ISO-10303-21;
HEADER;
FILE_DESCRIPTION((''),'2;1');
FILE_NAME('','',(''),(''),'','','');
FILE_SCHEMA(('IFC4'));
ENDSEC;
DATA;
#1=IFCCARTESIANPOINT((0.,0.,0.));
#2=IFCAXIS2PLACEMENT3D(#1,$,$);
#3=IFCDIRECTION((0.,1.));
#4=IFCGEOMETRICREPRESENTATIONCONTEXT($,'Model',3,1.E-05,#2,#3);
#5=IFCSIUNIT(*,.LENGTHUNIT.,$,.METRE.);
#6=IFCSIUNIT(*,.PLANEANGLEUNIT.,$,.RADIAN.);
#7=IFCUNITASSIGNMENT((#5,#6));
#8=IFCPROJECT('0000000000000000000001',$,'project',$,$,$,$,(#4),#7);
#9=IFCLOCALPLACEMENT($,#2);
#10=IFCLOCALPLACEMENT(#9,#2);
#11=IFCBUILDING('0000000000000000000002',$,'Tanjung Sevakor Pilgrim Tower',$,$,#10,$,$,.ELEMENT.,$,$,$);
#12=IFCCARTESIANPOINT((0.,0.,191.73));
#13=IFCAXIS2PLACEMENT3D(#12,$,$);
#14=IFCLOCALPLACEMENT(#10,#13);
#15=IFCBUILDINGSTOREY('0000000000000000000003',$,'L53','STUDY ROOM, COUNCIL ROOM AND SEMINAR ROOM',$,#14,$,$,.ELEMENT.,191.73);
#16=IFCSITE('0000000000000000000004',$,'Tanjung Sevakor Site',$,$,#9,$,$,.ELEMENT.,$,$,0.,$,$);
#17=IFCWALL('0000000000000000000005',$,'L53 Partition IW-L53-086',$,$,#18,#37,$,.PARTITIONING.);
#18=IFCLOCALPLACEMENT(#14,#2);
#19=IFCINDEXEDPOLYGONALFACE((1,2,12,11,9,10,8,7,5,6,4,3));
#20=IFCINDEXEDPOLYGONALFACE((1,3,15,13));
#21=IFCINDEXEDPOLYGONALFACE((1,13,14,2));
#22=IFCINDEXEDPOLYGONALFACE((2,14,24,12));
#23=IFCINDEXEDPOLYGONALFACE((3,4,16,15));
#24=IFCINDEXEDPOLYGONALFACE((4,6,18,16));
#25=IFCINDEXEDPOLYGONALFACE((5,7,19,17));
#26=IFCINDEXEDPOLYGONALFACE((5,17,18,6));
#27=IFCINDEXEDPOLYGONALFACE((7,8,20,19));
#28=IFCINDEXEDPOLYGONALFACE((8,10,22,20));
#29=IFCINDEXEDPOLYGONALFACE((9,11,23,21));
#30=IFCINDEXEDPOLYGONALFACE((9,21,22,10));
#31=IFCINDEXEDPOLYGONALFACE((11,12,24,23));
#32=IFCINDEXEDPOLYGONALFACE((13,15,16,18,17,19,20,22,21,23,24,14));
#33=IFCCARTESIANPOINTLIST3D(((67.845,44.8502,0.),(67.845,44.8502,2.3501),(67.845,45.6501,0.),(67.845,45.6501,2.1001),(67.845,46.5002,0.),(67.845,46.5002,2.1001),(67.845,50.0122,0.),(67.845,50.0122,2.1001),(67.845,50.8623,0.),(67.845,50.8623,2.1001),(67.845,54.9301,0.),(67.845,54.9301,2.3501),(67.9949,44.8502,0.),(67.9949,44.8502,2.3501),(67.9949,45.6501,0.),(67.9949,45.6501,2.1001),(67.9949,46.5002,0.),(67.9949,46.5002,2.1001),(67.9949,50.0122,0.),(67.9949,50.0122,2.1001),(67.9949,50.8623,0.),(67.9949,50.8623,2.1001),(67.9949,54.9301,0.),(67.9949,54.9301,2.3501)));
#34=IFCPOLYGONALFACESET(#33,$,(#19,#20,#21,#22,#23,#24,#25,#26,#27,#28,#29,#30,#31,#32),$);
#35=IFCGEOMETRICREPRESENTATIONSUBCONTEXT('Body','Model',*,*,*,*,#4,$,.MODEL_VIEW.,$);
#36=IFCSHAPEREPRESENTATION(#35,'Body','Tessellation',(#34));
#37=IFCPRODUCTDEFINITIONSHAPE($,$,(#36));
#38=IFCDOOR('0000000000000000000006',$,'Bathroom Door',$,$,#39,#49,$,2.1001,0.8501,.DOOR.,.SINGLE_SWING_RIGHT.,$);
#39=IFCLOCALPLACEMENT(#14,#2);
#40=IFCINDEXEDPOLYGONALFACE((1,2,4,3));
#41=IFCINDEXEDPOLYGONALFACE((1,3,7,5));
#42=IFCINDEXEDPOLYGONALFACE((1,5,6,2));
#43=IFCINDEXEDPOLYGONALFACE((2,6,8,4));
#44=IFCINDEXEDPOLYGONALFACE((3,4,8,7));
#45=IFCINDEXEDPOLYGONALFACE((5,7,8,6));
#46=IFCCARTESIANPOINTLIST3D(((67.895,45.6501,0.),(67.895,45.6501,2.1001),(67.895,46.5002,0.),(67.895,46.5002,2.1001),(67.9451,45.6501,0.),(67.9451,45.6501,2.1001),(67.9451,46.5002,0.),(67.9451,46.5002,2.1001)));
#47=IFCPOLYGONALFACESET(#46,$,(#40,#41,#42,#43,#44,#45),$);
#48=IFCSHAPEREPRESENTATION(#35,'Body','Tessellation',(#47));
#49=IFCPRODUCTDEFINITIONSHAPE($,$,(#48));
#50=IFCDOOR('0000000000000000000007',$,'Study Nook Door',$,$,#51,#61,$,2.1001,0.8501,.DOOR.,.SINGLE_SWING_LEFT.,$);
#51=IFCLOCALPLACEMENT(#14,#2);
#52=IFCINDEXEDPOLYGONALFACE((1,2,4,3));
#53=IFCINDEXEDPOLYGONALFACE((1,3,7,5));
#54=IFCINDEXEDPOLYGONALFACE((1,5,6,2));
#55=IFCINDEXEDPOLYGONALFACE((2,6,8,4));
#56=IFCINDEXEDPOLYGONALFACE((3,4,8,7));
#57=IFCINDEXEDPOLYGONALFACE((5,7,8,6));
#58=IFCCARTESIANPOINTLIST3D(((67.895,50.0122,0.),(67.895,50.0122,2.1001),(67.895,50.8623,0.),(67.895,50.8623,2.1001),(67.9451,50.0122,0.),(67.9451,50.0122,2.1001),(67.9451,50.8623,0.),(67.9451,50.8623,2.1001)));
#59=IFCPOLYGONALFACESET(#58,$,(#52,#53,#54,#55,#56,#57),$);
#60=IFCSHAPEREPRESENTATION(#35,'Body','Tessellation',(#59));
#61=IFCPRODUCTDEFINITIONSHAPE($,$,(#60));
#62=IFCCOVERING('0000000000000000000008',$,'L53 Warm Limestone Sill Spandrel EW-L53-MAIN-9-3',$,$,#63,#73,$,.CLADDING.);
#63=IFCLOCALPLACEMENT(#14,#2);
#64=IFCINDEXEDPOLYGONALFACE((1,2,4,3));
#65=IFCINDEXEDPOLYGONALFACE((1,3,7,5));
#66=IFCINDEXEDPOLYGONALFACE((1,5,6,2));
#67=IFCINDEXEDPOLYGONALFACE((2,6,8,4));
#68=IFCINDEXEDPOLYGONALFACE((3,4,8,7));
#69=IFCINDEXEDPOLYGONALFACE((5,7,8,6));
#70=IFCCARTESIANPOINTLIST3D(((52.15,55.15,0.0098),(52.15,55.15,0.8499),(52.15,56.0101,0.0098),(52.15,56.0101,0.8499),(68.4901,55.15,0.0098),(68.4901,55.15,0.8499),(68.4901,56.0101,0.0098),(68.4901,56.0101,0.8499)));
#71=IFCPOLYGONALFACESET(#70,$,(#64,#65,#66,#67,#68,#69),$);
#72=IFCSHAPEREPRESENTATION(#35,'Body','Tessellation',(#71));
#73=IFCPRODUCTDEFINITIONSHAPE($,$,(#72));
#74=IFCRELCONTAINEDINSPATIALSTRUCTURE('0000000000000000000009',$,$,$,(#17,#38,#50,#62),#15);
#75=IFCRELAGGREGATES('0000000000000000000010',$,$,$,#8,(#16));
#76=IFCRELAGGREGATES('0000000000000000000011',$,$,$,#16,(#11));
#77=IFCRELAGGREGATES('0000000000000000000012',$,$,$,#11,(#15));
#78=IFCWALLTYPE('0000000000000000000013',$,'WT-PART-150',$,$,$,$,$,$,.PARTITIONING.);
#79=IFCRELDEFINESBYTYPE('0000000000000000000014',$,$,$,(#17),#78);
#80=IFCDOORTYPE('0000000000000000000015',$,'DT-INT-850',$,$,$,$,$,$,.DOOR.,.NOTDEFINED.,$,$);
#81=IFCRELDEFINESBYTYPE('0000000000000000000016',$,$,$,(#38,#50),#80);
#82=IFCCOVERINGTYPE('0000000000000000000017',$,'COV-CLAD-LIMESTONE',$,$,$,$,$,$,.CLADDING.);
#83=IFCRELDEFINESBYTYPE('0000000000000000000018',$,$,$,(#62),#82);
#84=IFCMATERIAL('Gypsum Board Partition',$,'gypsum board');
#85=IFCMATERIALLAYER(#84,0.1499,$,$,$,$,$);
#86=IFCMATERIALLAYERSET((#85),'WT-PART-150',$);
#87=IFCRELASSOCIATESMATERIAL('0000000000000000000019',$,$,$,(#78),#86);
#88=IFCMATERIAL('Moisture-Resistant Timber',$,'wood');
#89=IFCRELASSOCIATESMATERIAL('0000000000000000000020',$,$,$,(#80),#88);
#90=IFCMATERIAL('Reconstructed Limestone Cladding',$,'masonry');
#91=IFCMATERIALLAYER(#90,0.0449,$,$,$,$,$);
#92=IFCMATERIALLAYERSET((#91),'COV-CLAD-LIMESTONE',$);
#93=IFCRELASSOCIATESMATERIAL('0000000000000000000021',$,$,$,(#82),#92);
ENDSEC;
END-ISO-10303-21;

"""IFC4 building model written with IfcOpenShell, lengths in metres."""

from ifc_helpers import new_model, si_unit, direction, frame, frame_2d, origin, origin_2d, place, context, subcontext, project, spatial, rectangle, extrude, material, layer, layer_set, type_object, element, fill, save


model = new_model("IFC4")

# Units and contexts
model_context = context("Model", 3, precision=1e-05, world=origin(), true_north=direction((0.0, 1.0)))
body_context = subcontext(model_context, "Body", "Model", "MODEL_VIEW")
ifc_project = project(units=[si_unit("LENGTHUNIT", "METRE"), si_unit("PLANEANGLEUNIT", "RADIAN")], contexts=[model_context])

# Site, building, storey
site_placement = place(None, origin())
site = spatial("IfcSite", under=ifc_project, at=site_placement, Name="Tanjung Sevakor Site", CompositionType="ELEMENT", RefElevation=0.0)
building_placement = place(site_placement, origin())
building = spatial("IfcBuilding", under=site, at=building_placement, Name="Tanjung Sevakor Pilgrim Tower", CompositionType="ELEMENT")
storey_placement = place(building_placement, frame((0.0, 0.0, 191.73)))
storey = spatial("IfcBuildingStorey", under=building, at=storey_placement, Name="L53", Description="STUDY ROOM, COUNCIL ROOM AND SEMINAR ROOM", CompositionType="ELEMENT", Elevation=191.73)

# Shared definitions
ifc_material_1 = material(Name="Gypsum Board Partition", Category="gypsum board")
ifc_layer_1 = layer(ifc_material_1, 0.1499)
ifc_layer_set_1 = layer_set([ifc_layer_1], Name="WT-PART-150")
wall_type_1 = type_object("IfcWallType", Name="WT-PART-150", PredefinedType="PARTITIONING", material=ifc_layer_set_1)

# Wall, openings, doors
wall_1_placement = place(storey_placement, frame((67.9199, 44.8501, 0.0), z_axis=(0.0, 0.0, 1.0), x_axis=(0.0, 1.0, 0.0)))
wall_1 = element("IfcWall", 1, at=wall_1_placement, inside=storey, type_object=wall_type_1, Name="L53 Partition IW-L53-086", PredefinedType="PARTITIONING", context=body_context, shape_type="SweptSolid", body=[
    extrude(rectangle(XDim=10.0798, YDim=0.1499, at=frame_2d((5.04, 0.0))), origin(), (0.0, 0.0, 1.0), 2.3501),
])
opening_1_placement = place(wall_1_placement, frame((0.8, 0.0, 0.0)))
opening_1 = element("IfcOpeningElement", 2, at=opening_1_placement, cuts=wall_1, PredefinedType="OPENING", context=body_context, shape_type="SweptSolid", body=[
    extrude(rectangle(XDim=0.8501, YDim=2.1001, at=frame_2d((0.425, 1.05))), frame((0.0, 0.085, 0.0), z_axis=(0.0, -1.0, 0.0), x_axis=(1.0, 0.0, 0.0)), (0.0, 0.0, 1.0), 0.1699),
])
opening_2_placement = place(wall_1_placement, frame((5.1621, 0.0, 0.0)))
opening_2 = element("IfcOpeningElement", 3, at=opening_2_placement, cuts=wall_1, PredefinedType="OPENING", context=body_context, shape_type="SweptSolid", body=[
    extrude(rectangle(XDim=0.8501, YDim=2.1001, at=frame_2d((0.425, 1.05))), frame((0.0, 0.085, 0.0), z_axis=(0.0, -1.0, 0.0), x_axis=(1.0, 0.0, 0.0)), (0.0, 0.0, 1.0), 0.1699),
])
ifc_material_2 = material(Name="Moisture-Resistant Timber", Category="wood")
door_type_1 = type_object("IfcDoorType", Name="DT-INT-850", OperationType="NOTDEFINED", PredefinedType="DOOR", material=ifc_material_2)
door_1_placement = place(opening_1_placement, origin())
door_1 = element("IfcDoor", 4, at=door_1_placement, inside=storey, type_object=door_type_1, Name="Bathroom Door", OperationType="SINGLE_SWING_RIGHT", OverallHeight=2.1001, OverallWidth=0.8501, PredefinedType="DOOR", context=body_context, shape_type="SweptSolid", body=[
    extrude(rectangle(XDim=0.8501, YDim=2.1001, at=frame_2d((0.425, 1.05))), frame((0.0, 0.0249, 0.0), z_axis=(0.0, -1.0, 0.0), x_axis=(1.0, 0.0, 0.0)), (0.0, 0.0, 1.0), 0.05),
])
fill(opening_1, door_1)
door_2_placement = place(opening_2_placement, origin())
door_2 = element("IfcDoor", 5, at=door_2_placement, inside=storey, type_object=door_type_1, Name="Study Nook Door", OperationType="SINGLE_SWING_LEFT", OverallHeight=2.1001, OverallWidth=0.8501, PredefinedType="DOOR", context=body_context, shape_type="SweptSolid", body=[
    extrude(rectangle(XDim=0.8501, YDim=2.1001, at=frame_2d((0.425, 1.05))), frame((0.0, 0.0249, 0.0), z_axis=(0.0, -1.0, 0.0), x_axis=(1.0, 0.0, 0.0)), (0.0, 0.0, 1.0), 0.05),
])
fill(opening_2, door_2)

# Covering
ifc_material_3 = material(Name="Reconstructed Limestone Cladding", Category="masonry")
ifc_layer_2 = layer(ifc_material_3, 0.0449)
ifc_layer_set_2 = layer_set([ifc_layer_2], Name="COV-CLAD-LIMESTONE")
covering_type = type_object("IfcCoveringType", Name="COV-CLAD-LIMESTONE", PredefinedType="CLADDING", material=ifc_layer_set_2)
covering_placement = place(storey_placement, frame((60.3201, 55.5801, 0.0098), z_axis=(0.0, 0.0, 1.0), x_axis=(-1.0, 0.0, 0.0)))
element("IfcCovering", 6, at=covering_placement, inside=storey, type_object=covering_type, Name="L53 Warm Limestone Sill Spandrel EW-L53-MAIN-9-3", PredefinedType="CLADDING", context=body_context, shape_type="SweptSolid", body=[
    extrude(rectangle(XDim=16.3401, YDim=0.8601, at=origin_2d()), origin(), (0.0, 0.0, 1.0), 0.8401),
])

save(model, "model.ifc")
